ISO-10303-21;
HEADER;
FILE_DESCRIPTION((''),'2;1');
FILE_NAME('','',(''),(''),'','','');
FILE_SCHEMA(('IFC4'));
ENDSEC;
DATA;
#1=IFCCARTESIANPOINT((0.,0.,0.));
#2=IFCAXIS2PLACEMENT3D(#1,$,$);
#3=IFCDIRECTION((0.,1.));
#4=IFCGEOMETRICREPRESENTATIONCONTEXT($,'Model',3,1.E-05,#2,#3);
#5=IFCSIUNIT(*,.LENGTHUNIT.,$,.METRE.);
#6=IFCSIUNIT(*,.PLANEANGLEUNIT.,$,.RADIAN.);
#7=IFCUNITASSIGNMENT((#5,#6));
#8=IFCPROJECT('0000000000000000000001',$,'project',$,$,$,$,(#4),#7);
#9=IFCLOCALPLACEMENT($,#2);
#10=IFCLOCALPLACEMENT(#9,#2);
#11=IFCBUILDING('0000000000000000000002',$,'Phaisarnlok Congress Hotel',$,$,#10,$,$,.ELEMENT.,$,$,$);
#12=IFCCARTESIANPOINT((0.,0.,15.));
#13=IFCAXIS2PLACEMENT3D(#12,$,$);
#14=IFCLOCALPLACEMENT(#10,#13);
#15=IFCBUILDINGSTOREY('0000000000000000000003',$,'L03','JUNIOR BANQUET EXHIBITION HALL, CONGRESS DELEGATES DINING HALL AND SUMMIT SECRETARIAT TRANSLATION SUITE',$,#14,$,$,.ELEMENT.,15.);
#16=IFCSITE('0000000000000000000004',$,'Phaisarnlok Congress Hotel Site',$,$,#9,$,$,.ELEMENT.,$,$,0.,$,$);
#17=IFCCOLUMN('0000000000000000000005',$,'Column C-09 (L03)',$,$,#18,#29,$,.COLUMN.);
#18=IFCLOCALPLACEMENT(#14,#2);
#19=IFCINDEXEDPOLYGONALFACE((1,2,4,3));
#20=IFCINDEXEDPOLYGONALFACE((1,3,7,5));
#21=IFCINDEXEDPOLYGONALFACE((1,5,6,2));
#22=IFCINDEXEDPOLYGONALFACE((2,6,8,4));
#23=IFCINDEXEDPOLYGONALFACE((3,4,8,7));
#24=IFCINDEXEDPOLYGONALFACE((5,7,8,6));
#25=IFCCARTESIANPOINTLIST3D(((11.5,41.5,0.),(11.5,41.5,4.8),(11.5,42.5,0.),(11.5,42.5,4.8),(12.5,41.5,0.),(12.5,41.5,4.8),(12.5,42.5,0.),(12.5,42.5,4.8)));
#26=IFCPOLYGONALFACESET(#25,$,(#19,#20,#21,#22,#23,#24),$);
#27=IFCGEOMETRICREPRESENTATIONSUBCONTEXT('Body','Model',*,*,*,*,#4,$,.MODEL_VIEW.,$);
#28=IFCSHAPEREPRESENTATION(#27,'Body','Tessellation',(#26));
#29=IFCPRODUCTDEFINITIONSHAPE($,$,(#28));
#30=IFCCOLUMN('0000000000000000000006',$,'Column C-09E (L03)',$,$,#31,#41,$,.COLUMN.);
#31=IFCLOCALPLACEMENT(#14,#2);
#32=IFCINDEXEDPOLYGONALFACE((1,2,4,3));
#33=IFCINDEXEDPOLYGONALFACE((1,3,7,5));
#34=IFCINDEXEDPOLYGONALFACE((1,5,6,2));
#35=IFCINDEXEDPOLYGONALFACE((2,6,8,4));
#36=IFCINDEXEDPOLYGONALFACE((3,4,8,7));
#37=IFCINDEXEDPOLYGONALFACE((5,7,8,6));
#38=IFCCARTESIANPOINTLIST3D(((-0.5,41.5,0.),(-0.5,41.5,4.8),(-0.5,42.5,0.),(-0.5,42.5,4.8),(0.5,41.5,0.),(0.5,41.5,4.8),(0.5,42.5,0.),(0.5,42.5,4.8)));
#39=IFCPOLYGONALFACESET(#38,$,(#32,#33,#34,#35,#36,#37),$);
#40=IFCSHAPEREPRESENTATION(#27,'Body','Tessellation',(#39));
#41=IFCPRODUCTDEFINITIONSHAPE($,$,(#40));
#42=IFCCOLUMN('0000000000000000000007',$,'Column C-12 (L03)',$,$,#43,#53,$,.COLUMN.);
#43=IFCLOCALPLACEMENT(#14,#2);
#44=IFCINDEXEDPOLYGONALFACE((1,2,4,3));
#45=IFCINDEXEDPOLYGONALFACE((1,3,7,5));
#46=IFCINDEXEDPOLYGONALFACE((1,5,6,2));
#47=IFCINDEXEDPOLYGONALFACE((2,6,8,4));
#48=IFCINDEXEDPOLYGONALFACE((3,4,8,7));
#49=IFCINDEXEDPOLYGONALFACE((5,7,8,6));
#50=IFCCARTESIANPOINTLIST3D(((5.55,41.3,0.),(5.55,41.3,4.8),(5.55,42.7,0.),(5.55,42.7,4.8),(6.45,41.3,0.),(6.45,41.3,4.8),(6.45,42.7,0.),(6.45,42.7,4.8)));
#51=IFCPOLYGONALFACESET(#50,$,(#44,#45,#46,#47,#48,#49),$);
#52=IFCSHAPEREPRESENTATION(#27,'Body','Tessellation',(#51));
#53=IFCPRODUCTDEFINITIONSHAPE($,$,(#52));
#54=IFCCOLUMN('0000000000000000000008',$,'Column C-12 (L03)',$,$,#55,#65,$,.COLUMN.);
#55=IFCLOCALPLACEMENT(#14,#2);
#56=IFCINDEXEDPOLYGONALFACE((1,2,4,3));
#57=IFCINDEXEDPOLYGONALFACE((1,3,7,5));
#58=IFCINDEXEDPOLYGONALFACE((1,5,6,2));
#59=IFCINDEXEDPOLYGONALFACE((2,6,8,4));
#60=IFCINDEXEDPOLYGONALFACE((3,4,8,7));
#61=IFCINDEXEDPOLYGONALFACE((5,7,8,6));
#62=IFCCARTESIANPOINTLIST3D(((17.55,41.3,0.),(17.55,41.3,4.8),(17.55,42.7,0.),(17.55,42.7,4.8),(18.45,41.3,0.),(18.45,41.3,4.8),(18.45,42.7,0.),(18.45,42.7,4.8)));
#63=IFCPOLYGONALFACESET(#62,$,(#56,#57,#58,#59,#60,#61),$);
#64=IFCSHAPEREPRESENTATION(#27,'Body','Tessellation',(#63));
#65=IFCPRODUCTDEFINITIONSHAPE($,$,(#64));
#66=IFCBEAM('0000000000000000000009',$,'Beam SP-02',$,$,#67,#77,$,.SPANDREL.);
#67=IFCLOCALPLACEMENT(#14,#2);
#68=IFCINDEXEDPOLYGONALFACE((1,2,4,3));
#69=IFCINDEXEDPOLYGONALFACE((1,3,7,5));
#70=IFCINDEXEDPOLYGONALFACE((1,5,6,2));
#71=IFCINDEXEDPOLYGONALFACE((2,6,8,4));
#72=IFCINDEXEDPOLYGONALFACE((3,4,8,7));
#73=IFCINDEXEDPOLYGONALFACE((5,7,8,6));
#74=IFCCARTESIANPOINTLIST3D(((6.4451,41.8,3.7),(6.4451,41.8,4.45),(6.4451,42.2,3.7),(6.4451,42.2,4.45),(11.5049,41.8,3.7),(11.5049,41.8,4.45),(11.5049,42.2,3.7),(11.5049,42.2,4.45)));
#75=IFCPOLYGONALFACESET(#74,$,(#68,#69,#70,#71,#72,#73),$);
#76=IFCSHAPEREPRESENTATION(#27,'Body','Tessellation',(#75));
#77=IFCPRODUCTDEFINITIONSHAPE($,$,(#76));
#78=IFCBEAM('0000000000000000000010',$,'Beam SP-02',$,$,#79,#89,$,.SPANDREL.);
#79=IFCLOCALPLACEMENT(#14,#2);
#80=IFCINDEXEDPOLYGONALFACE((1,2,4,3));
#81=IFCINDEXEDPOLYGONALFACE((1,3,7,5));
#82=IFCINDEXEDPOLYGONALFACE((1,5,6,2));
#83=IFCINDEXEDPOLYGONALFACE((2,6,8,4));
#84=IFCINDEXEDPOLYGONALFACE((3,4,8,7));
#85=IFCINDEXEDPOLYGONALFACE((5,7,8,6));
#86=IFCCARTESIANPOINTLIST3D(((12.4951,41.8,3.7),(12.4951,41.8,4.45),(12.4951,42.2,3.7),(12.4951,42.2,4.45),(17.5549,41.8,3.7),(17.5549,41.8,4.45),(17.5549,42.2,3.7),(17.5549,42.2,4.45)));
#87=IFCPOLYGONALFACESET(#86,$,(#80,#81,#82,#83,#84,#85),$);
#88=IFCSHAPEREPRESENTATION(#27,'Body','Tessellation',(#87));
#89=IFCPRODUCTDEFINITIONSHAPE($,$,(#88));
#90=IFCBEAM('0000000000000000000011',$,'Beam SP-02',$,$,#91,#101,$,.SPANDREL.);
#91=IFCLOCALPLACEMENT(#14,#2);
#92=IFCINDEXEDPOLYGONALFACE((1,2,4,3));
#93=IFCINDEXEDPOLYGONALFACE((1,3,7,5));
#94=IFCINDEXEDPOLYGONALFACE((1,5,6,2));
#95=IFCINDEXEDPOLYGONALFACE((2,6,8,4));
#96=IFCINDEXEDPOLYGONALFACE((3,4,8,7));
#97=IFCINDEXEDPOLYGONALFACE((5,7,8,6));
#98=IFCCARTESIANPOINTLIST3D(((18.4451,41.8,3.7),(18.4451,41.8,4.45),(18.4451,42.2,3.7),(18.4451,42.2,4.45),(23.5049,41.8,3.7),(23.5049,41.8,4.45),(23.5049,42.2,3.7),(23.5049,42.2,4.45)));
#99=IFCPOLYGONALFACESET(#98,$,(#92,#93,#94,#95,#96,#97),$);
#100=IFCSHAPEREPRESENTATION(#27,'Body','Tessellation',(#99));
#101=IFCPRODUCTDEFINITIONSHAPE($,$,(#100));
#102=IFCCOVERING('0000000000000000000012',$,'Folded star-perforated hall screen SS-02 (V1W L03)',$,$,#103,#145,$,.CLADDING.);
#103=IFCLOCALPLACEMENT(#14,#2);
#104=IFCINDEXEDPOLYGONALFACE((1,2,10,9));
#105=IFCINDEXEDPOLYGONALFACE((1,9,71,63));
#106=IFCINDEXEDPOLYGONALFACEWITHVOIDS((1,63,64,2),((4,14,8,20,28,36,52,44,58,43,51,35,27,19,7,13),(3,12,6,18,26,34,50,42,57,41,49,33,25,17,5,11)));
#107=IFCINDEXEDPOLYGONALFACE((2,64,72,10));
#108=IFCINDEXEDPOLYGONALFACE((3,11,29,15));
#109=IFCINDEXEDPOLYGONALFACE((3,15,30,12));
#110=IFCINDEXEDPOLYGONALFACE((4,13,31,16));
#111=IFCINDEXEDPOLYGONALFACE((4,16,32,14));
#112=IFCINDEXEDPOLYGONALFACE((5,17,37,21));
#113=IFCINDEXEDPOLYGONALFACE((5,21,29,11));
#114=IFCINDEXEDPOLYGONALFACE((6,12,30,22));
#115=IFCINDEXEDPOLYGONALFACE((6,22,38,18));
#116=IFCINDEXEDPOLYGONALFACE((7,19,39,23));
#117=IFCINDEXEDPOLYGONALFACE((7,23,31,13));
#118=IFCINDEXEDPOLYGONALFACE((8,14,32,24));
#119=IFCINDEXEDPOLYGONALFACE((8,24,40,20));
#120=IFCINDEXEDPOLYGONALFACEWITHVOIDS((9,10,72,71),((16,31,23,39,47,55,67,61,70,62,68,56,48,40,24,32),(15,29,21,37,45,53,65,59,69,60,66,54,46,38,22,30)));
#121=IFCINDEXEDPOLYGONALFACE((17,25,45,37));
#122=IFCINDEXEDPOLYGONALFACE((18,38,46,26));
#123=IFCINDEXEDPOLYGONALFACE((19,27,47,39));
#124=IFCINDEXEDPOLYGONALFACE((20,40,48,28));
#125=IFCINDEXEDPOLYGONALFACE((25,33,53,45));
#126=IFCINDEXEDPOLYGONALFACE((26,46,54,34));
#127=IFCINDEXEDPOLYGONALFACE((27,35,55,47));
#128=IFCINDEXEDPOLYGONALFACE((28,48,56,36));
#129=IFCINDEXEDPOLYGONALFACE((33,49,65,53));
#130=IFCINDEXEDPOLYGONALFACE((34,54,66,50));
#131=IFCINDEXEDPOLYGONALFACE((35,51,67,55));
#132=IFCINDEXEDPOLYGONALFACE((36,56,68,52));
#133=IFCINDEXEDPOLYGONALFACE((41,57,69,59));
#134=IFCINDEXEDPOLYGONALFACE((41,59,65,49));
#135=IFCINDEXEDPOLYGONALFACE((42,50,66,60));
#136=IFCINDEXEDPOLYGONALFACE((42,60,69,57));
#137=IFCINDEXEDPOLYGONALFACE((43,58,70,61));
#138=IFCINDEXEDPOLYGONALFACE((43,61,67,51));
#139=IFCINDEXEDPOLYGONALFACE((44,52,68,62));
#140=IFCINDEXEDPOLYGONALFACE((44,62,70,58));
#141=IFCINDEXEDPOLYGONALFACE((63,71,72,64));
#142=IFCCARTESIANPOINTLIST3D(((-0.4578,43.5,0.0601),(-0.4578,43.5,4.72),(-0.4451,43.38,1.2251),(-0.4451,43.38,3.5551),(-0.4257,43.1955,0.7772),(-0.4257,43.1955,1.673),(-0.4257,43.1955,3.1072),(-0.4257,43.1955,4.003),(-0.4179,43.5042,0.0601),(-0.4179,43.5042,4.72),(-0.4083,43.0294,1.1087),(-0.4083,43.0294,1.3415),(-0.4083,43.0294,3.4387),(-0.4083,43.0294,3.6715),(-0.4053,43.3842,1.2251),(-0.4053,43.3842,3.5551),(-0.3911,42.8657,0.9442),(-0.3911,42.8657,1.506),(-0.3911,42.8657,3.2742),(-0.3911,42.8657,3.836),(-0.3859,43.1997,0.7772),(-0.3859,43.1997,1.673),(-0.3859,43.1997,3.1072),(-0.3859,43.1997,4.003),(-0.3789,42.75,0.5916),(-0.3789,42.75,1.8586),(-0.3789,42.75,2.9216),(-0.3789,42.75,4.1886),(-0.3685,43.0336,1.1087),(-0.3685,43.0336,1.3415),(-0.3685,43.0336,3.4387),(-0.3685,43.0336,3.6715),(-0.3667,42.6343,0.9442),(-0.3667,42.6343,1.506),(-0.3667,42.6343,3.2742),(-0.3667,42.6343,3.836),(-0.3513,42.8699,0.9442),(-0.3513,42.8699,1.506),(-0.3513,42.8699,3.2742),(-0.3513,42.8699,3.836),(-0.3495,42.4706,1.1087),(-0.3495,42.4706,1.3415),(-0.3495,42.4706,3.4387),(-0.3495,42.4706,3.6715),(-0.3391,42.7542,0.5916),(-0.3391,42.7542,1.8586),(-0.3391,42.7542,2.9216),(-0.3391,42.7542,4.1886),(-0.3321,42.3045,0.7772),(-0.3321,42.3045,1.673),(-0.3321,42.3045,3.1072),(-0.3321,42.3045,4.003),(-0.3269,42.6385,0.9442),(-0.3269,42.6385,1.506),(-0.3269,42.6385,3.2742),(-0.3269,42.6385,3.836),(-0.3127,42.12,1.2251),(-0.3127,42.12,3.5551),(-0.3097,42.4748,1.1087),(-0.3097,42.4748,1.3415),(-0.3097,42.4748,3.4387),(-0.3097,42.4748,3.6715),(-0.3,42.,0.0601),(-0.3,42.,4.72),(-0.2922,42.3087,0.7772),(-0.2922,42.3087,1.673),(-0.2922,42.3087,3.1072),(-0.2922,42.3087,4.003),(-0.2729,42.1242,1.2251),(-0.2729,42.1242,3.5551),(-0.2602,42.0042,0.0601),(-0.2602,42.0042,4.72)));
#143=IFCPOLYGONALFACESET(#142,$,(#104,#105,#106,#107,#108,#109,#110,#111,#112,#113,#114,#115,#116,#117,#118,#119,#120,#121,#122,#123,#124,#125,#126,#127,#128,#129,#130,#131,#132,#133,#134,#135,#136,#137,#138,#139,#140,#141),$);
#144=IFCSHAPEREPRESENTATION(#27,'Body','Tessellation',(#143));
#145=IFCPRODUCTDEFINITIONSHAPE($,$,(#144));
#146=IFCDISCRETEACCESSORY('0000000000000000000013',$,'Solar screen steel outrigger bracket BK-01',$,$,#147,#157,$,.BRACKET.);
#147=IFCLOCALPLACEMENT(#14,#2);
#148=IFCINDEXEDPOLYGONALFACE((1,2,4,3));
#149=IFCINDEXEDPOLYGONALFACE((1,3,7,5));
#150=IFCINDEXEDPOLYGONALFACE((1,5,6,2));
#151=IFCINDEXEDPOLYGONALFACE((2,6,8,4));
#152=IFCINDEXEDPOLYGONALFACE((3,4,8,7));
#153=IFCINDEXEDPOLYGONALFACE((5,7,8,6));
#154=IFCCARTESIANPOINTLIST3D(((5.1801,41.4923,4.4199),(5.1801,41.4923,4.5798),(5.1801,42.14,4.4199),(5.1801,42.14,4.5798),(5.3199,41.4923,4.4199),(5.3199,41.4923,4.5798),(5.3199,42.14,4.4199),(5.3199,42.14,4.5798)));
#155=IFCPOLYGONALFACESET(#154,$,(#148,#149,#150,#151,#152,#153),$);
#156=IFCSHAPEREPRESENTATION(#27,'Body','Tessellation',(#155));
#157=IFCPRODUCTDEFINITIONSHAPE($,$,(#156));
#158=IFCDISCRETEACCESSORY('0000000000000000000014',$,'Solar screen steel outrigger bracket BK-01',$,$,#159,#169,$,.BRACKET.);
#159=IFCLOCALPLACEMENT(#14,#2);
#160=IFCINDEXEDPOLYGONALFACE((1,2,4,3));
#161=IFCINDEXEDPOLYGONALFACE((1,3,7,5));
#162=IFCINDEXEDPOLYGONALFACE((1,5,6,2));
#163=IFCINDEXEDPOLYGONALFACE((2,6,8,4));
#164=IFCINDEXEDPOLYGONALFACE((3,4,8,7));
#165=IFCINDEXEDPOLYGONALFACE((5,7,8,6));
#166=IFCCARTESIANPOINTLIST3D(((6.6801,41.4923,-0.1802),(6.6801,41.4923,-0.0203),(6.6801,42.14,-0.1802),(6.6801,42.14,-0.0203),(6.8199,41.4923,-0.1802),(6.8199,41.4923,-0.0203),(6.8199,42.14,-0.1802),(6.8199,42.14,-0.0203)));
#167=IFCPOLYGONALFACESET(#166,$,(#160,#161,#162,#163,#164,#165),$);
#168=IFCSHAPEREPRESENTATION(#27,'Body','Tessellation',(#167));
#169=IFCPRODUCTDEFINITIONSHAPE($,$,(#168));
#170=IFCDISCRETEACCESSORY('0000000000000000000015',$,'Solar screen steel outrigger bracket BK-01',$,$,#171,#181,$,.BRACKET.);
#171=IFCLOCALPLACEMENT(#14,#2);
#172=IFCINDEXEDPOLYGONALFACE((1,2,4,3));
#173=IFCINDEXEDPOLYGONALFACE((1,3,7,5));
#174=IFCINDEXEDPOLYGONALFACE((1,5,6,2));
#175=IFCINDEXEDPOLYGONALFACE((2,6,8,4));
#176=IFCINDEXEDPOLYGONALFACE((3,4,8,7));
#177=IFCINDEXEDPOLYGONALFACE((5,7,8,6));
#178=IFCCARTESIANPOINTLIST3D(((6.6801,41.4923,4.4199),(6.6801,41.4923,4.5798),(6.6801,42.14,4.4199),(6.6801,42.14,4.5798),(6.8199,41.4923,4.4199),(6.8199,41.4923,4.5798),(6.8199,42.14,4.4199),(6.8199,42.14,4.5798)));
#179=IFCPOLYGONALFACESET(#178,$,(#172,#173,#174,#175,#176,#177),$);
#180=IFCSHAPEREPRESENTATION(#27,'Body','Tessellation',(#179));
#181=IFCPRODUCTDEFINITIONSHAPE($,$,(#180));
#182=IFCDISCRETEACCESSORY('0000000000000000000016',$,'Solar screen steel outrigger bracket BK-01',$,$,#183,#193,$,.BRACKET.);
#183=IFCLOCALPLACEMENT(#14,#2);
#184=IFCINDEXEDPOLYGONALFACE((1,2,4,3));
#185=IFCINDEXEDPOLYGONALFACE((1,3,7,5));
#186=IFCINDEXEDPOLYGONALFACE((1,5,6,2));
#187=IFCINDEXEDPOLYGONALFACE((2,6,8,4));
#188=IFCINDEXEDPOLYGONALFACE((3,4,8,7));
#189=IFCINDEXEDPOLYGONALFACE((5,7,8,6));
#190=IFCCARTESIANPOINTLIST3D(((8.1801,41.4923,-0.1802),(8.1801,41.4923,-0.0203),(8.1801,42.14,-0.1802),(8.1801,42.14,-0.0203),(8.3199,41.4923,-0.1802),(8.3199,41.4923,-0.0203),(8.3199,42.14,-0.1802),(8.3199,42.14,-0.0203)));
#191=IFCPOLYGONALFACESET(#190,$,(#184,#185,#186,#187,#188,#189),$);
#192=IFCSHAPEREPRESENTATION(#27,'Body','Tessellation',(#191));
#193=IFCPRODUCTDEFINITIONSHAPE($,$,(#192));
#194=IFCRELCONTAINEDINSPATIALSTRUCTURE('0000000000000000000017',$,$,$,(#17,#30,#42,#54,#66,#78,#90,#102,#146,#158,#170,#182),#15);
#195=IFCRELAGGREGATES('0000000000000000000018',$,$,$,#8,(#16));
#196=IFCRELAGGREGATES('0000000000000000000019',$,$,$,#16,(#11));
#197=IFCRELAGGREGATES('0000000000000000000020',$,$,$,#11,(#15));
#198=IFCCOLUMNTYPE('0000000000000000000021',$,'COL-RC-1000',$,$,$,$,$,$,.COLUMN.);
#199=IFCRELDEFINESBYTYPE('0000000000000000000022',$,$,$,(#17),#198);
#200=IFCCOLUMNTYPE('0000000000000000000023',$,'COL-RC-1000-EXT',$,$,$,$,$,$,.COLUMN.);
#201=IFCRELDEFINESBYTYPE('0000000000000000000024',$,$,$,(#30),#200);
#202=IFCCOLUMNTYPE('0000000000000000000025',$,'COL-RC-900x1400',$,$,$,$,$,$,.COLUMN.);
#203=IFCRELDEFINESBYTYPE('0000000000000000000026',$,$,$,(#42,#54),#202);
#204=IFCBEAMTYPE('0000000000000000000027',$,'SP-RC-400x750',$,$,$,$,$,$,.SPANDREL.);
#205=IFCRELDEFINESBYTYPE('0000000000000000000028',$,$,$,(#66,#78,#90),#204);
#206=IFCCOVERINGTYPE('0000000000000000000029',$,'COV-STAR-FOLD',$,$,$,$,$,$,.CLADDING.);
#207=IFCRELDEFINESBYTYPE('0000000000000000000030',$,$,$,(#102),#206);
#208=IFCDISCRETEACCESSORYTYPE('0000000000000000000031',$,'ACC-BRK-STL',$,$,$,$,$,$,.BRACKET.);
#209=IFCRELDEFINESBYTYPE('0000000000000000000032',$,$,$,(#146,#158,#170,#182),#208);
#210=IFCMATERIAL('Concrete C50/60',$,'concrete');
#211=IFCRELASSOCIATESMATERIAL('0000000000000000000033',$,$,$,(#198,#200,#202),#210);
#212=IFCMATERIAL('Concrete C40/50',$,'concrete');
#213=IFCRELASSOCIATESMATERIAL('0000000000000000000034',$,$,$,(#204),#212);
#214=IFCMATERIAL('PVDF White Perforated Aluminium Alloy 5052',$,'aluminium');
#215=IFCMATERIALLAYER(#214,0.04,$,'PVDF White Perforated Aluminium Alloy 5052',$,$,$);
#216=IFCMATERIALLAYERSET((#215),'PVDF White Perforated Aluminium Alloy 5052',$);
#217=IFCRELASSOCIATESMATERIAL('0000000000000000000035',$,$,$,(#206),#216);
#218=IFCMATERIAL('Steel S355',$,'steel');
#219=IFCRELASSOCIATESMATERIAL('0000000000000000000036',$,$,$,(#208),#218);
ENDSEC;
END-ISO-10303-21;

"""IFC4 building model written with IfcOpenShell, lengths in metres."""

from ifc_helpers import new_model, si_unit, direction, frame, origin, origin_2d, place, context, subcontext, project, spatial, polyline, rectangle, outline, extrude, material, layer, layer_set, material_profile, profile_set, type_object, element, save


model = new_model("IFC4")

# Units and contexts
model_context = context("Model", 3, precision=1e-05, world=origin(), true_north=direction((0.0, 1.0)))
body_context = subcontext(model_context, "Body", "Model", "MODEL_VIEW")
ifc_project = project(units=[si_unit("LENGTHUNIT", "METRE"), si_unit("PLANEANGLEUNIT", "RADIAN")], contexts=[model_context])

# Site, building, storey
site_placement = place(None, origin())
site = spatial("IfcSite", under=ifc_project, at=site_placement, Name="Phaisarnlok Congress Hotel Site", CompositionType="ELEMENT", RefElevation=0.0)
building_placement = place(site_placement, origin())
building = spatial("IfcBuilding", under=site, at=building_placement, Name="Phaisarnlok Congress Hotel", CompositionType="ELEMENT")
storey_placement = place(building_placement, frame((0.0, 0.0, 15.0)))
storey = spatial("IfcBuildingStorey", under=building, at=storey_placement, Name="L03", Description="JUNIOR BANQUET EXHIBITION HALL, CONGRESS DELEGATES DINING HALL AND SUMMIT SECRETARIAT TRANSLATION SUITE", CompositionType="ELEMENT", Elevation=15.0)

# Columns
ifc_material_1 = material(Name="Concrete C50/60", Category="concrete")
ifc_material_profile_1 = material_profile(ifc_material_1, rectangle(XDim=1.0, YDim=1.0, at=origin_2d()), Name="RC 1000x1000")
ifc_profile_set_1 = profile_set([ifc_material_profile_1], Name="Concrete C50/60")
column_type_1 = type_object("IfcColumnType", Name="COL-RC-1000", PredefinedType="COLUMN", material=ifc_profile_set_1)
column_1_placement = place(storey_placement, frame((12.0, 42.0, 0.0), z_axis=(0.0, 0.0, 1.0), x_axis=(1.0, 0.0, 0.0)))
element("IfcColumn", 1, at=column_1_placement, inside=storey, type_object=column_type_1, Name="Column C-09 (L03)", PredefinedType="COLUMN", context=body_context, shape_type="SweptSolid", body=[
    extrude(rectangle(XDim=1.0, YDim=1.0, at=origin_2d()), origin(), (0.0, 0.0, 1.0), 4.8),
])
ifc_material_profile_2 = material_profile(ifc_material_1, rectangle(XDim=1.0, YDim=1.0, at=origin_2d()), Name="RC 1000x1000")
ifc_profile_set_2 = profile_set([ifc_material_profile_2], Name="Concrete C50/60")
column_type_2 = type_object("IfcColumnType", Name="COL-RC-1000-EXT", PredefinedType="COLUMN", material=ifc_profile_set_2)
column_2_placement = place(storey_placement, frame((0.0, 42.0, 0.0), z_axis=(0.0, 0.0, 1.0), x_axis=(1.0, 0.0, 0.0)))
element("IfcColumn", 2, at=column_2_placement, inside=storey, type_object=column_type_2, Name="Column C-09E (L03)", PredefinedType="COLUMN", context=body_context, shape_type="SweptSolid", body=[
    extrude(rectangle(XDim=1.0, YDim=1.0, at=origin_2d()), origin(), (0.0, 0.0, 1.0), 4.8),
])
ifc_material_profile_3 = material_profile(ifc_material_1, rectangle(XDim=0.8999, YDim=1.3999, at=origin_2d()), Name="RC 900x1400")
ifc_profile_set_3 = profile_set([ifc_material_profile_3], Name="Concrete C50/60")
column_type_3 = type_object("IfcColumnType", Name="COL-RC-900x1400", PredefinedType="COLUMN", material=ifc_profile_set_3)
for number, where, z_axis, x_axis, name in (
    (3, (6.0, 42.0, 0.0), (0.0, 0.0, 1.0), (1.0, 0.0, 0.0), "Column C-12 (L03)"),
    (4, (18.0, 42.0, 0.0), (0.0, 0.0, 1.0), (1.0, 0.0, 0.0), "Column C-12 (L03)"),
):
    element("IfcColumn", number, at=place(storey_placement, frame(where, z_axis=z_axis, x_axis=x_axis)), inside=storey, type_object=column_type_3, Name=name, PredefinedType="COLUMN", context=body_context, shape_type="SweptSolid", body=[
        extrude(rectangle(XDim=0.8999, YDim=1.3999, at=origin_2d()), origin(), (0.0, 0.0, 1.0), 4.8),
    ])

# Beams
ifc_material_2 = material(Name="Concrete C40/50", Category="concrete")
ifc_material_profile_4 = material_profile(ifc_material_2, rectangle(XDim=0.3999, YDim=0.75, at=origin_2d()), Name="RC 400x750")
ifc_profile_set_4 = profile_set([ifc_material_profile_4], Name="Concrete C40/50")
beam_type = type_object("IfcBeamType", Name="SP-RC-400x750", PredefinedType="SPANDREL", material=ifc_profile_set_4)
for number, where, z_axis, x_axis, name in (
    (5, (6.4451, 42.0, 4.075), (1.0, 0.0, 0.0), (0.0, 1.0, 0.0), "Beam SP-02"),
    (6, (12.4951, 42.0, 4.075), (1.0, 0.0, 0.0), (0.0, 1.0, 0.0), "Beam SP-02"),
    (7, (18.4451, 42.0, 4.075), (1.0, 0.0, 0.0), (0.0, 1.0, 0.0), "Beam SP-02"),
):
    element("IfcBeam", number, at=place(storey_placement, frame(where, z_axis=z_axis, x_axis=x_axis)), inside=storey, type_object=beam_type, Name=name, PredefinedType="SPANDREL", context=body_context, shape_type="SweptSolid", body=[
        extrude(rectangle(XDim=0.3999, YDim=0.75, at=origin_2d()), origin(), (0.0, 0.0, 1.0), 5.0598),
    ])

# Covering
ifc_material_3 = material(Name="PVDF White Perforated Aluminium Alloy 5052", Category="aluminium")
ifc_layer = layer(ifc_material_3, 0.04, Name="PVDF White Perforated Aluminium Alloy 5052")
ifc_layer_set = layer_set([ifc_layer], Name="PVDF White Perforated Aluminium Alloy 5052")
covering_type = type_object("IfcCoveringType", Name="COV-STAR-FOLD", PredefinedType="CLADDING", material=ifc_layer_set)
covering_placement = place(storey_placement, frame((-0.3, 42.0, 0.0601), z_axis=(0.994518, 0.104567, 0.0), x_axis=(-0.104567, 0.994518, 0.0)))
element("IfcCovering", 8, at=covering_placement, inside=storey, type_object=covering_type, Name="Folded star-perforated hall screen SS-02 (V1W L03)", PredefinedType="CLADDING", context=body_context, shape_type="SweptSolid", body=[
    extrude(outline(polyline([(0.0, 0.0), (1.5083, 0.0), (1.5083, 4.6599), (0.0, 4.6599), (0.0, 0.0)]), holes=[polyline([(1.0351, 1.0486), (1.2021, 0.7171), (0.8705, 0.8841), (0.7541, 0.5315), (0.6378, 0.8841), (0.3062, 0.7171), (0.4732, 1.0486), (0.1207, 1.165), (0.4732, 1.2814), (0.3062, 1.6129), (0.6378, 1.4459), (0.7541, 1.7985), (0.8705, 1.4459), (1.2021, 1.6129), (1.0351, 1.2814), (1.3876, 1.165), (1.0351, 1.0486)]), polyline([(1.0351, 3.3786), (1.2021, 3.0471), (0.8705, 3.2141), (0.7541, 2.8615), (0.6378, 3.2141), (0.3062, 3.0471), (0.4732, 3.3786), (0.1207, 3.495), (0.4732, 3.6114), (0.3062, 3.9429), (0.6378, 3.7759), (0.7541, 4.1285), (0.8705, 3.7759), (1.2021, 3.9429), (1.0351, 3.6114), (1.3876, 3.495), (1.0351, 3.3786)])]), origin(), (0.0, 0.0, 1.0), 0.04),
])

# Discrete accessories
ifc_material_4 = material(Name="Steel S355", Category="steel")
discrete_accessory_type = type_object("IfcDiscreteAccessoryType", Name="ACC-BRK-STL", PredefinedType="BRACKET", material=ifc_material_4)
for number, where, z_axis, x_axis, name in (
    (9, (5.25, 41.8162, 4.4199), (0.0, 0.0, 1.0), (1.0, 0.0, 0.0), "Solar screen steel outrigger bracket BK-01"),
    (10, (6.75, 41.8162, -0.1802), (0.0, 0.0, 1.0), (1.0, 0.0, 0.0), "Solar screen steel outrigger bracket BK-01"),
    (11, (6.75, 41.8162, 4.4199), (0.0, 0.0, 1.0), (1.0, 0.0, 0.0), "Solar screen steel outrigger bracket BK-01"),
    (12, (8.25, 41.8162, -0.1802), (0.0, 0.0, 1.0), (1.0, 0.0, 0.0), "Solar screen steel outrigger bracket BK-01"),
):
    element("IfcDiscreteAccessory", number, at=place(storey_placement, frame(where, z_axis=z_axis, x_axis=x_axis)), inside=storey, type_object=discrete_accessory_type, Name=name, PredefinedType="BRACKET", context=body_context, shape_type="SweptSolid", body=[
        extrude(rectangle(XDim=0.1399, YDim=0.6477, at=origin_2d()), origin(), (0.0, 0.0, 1.0), 0.1599),
    ])

save(model, "model.ifc")
